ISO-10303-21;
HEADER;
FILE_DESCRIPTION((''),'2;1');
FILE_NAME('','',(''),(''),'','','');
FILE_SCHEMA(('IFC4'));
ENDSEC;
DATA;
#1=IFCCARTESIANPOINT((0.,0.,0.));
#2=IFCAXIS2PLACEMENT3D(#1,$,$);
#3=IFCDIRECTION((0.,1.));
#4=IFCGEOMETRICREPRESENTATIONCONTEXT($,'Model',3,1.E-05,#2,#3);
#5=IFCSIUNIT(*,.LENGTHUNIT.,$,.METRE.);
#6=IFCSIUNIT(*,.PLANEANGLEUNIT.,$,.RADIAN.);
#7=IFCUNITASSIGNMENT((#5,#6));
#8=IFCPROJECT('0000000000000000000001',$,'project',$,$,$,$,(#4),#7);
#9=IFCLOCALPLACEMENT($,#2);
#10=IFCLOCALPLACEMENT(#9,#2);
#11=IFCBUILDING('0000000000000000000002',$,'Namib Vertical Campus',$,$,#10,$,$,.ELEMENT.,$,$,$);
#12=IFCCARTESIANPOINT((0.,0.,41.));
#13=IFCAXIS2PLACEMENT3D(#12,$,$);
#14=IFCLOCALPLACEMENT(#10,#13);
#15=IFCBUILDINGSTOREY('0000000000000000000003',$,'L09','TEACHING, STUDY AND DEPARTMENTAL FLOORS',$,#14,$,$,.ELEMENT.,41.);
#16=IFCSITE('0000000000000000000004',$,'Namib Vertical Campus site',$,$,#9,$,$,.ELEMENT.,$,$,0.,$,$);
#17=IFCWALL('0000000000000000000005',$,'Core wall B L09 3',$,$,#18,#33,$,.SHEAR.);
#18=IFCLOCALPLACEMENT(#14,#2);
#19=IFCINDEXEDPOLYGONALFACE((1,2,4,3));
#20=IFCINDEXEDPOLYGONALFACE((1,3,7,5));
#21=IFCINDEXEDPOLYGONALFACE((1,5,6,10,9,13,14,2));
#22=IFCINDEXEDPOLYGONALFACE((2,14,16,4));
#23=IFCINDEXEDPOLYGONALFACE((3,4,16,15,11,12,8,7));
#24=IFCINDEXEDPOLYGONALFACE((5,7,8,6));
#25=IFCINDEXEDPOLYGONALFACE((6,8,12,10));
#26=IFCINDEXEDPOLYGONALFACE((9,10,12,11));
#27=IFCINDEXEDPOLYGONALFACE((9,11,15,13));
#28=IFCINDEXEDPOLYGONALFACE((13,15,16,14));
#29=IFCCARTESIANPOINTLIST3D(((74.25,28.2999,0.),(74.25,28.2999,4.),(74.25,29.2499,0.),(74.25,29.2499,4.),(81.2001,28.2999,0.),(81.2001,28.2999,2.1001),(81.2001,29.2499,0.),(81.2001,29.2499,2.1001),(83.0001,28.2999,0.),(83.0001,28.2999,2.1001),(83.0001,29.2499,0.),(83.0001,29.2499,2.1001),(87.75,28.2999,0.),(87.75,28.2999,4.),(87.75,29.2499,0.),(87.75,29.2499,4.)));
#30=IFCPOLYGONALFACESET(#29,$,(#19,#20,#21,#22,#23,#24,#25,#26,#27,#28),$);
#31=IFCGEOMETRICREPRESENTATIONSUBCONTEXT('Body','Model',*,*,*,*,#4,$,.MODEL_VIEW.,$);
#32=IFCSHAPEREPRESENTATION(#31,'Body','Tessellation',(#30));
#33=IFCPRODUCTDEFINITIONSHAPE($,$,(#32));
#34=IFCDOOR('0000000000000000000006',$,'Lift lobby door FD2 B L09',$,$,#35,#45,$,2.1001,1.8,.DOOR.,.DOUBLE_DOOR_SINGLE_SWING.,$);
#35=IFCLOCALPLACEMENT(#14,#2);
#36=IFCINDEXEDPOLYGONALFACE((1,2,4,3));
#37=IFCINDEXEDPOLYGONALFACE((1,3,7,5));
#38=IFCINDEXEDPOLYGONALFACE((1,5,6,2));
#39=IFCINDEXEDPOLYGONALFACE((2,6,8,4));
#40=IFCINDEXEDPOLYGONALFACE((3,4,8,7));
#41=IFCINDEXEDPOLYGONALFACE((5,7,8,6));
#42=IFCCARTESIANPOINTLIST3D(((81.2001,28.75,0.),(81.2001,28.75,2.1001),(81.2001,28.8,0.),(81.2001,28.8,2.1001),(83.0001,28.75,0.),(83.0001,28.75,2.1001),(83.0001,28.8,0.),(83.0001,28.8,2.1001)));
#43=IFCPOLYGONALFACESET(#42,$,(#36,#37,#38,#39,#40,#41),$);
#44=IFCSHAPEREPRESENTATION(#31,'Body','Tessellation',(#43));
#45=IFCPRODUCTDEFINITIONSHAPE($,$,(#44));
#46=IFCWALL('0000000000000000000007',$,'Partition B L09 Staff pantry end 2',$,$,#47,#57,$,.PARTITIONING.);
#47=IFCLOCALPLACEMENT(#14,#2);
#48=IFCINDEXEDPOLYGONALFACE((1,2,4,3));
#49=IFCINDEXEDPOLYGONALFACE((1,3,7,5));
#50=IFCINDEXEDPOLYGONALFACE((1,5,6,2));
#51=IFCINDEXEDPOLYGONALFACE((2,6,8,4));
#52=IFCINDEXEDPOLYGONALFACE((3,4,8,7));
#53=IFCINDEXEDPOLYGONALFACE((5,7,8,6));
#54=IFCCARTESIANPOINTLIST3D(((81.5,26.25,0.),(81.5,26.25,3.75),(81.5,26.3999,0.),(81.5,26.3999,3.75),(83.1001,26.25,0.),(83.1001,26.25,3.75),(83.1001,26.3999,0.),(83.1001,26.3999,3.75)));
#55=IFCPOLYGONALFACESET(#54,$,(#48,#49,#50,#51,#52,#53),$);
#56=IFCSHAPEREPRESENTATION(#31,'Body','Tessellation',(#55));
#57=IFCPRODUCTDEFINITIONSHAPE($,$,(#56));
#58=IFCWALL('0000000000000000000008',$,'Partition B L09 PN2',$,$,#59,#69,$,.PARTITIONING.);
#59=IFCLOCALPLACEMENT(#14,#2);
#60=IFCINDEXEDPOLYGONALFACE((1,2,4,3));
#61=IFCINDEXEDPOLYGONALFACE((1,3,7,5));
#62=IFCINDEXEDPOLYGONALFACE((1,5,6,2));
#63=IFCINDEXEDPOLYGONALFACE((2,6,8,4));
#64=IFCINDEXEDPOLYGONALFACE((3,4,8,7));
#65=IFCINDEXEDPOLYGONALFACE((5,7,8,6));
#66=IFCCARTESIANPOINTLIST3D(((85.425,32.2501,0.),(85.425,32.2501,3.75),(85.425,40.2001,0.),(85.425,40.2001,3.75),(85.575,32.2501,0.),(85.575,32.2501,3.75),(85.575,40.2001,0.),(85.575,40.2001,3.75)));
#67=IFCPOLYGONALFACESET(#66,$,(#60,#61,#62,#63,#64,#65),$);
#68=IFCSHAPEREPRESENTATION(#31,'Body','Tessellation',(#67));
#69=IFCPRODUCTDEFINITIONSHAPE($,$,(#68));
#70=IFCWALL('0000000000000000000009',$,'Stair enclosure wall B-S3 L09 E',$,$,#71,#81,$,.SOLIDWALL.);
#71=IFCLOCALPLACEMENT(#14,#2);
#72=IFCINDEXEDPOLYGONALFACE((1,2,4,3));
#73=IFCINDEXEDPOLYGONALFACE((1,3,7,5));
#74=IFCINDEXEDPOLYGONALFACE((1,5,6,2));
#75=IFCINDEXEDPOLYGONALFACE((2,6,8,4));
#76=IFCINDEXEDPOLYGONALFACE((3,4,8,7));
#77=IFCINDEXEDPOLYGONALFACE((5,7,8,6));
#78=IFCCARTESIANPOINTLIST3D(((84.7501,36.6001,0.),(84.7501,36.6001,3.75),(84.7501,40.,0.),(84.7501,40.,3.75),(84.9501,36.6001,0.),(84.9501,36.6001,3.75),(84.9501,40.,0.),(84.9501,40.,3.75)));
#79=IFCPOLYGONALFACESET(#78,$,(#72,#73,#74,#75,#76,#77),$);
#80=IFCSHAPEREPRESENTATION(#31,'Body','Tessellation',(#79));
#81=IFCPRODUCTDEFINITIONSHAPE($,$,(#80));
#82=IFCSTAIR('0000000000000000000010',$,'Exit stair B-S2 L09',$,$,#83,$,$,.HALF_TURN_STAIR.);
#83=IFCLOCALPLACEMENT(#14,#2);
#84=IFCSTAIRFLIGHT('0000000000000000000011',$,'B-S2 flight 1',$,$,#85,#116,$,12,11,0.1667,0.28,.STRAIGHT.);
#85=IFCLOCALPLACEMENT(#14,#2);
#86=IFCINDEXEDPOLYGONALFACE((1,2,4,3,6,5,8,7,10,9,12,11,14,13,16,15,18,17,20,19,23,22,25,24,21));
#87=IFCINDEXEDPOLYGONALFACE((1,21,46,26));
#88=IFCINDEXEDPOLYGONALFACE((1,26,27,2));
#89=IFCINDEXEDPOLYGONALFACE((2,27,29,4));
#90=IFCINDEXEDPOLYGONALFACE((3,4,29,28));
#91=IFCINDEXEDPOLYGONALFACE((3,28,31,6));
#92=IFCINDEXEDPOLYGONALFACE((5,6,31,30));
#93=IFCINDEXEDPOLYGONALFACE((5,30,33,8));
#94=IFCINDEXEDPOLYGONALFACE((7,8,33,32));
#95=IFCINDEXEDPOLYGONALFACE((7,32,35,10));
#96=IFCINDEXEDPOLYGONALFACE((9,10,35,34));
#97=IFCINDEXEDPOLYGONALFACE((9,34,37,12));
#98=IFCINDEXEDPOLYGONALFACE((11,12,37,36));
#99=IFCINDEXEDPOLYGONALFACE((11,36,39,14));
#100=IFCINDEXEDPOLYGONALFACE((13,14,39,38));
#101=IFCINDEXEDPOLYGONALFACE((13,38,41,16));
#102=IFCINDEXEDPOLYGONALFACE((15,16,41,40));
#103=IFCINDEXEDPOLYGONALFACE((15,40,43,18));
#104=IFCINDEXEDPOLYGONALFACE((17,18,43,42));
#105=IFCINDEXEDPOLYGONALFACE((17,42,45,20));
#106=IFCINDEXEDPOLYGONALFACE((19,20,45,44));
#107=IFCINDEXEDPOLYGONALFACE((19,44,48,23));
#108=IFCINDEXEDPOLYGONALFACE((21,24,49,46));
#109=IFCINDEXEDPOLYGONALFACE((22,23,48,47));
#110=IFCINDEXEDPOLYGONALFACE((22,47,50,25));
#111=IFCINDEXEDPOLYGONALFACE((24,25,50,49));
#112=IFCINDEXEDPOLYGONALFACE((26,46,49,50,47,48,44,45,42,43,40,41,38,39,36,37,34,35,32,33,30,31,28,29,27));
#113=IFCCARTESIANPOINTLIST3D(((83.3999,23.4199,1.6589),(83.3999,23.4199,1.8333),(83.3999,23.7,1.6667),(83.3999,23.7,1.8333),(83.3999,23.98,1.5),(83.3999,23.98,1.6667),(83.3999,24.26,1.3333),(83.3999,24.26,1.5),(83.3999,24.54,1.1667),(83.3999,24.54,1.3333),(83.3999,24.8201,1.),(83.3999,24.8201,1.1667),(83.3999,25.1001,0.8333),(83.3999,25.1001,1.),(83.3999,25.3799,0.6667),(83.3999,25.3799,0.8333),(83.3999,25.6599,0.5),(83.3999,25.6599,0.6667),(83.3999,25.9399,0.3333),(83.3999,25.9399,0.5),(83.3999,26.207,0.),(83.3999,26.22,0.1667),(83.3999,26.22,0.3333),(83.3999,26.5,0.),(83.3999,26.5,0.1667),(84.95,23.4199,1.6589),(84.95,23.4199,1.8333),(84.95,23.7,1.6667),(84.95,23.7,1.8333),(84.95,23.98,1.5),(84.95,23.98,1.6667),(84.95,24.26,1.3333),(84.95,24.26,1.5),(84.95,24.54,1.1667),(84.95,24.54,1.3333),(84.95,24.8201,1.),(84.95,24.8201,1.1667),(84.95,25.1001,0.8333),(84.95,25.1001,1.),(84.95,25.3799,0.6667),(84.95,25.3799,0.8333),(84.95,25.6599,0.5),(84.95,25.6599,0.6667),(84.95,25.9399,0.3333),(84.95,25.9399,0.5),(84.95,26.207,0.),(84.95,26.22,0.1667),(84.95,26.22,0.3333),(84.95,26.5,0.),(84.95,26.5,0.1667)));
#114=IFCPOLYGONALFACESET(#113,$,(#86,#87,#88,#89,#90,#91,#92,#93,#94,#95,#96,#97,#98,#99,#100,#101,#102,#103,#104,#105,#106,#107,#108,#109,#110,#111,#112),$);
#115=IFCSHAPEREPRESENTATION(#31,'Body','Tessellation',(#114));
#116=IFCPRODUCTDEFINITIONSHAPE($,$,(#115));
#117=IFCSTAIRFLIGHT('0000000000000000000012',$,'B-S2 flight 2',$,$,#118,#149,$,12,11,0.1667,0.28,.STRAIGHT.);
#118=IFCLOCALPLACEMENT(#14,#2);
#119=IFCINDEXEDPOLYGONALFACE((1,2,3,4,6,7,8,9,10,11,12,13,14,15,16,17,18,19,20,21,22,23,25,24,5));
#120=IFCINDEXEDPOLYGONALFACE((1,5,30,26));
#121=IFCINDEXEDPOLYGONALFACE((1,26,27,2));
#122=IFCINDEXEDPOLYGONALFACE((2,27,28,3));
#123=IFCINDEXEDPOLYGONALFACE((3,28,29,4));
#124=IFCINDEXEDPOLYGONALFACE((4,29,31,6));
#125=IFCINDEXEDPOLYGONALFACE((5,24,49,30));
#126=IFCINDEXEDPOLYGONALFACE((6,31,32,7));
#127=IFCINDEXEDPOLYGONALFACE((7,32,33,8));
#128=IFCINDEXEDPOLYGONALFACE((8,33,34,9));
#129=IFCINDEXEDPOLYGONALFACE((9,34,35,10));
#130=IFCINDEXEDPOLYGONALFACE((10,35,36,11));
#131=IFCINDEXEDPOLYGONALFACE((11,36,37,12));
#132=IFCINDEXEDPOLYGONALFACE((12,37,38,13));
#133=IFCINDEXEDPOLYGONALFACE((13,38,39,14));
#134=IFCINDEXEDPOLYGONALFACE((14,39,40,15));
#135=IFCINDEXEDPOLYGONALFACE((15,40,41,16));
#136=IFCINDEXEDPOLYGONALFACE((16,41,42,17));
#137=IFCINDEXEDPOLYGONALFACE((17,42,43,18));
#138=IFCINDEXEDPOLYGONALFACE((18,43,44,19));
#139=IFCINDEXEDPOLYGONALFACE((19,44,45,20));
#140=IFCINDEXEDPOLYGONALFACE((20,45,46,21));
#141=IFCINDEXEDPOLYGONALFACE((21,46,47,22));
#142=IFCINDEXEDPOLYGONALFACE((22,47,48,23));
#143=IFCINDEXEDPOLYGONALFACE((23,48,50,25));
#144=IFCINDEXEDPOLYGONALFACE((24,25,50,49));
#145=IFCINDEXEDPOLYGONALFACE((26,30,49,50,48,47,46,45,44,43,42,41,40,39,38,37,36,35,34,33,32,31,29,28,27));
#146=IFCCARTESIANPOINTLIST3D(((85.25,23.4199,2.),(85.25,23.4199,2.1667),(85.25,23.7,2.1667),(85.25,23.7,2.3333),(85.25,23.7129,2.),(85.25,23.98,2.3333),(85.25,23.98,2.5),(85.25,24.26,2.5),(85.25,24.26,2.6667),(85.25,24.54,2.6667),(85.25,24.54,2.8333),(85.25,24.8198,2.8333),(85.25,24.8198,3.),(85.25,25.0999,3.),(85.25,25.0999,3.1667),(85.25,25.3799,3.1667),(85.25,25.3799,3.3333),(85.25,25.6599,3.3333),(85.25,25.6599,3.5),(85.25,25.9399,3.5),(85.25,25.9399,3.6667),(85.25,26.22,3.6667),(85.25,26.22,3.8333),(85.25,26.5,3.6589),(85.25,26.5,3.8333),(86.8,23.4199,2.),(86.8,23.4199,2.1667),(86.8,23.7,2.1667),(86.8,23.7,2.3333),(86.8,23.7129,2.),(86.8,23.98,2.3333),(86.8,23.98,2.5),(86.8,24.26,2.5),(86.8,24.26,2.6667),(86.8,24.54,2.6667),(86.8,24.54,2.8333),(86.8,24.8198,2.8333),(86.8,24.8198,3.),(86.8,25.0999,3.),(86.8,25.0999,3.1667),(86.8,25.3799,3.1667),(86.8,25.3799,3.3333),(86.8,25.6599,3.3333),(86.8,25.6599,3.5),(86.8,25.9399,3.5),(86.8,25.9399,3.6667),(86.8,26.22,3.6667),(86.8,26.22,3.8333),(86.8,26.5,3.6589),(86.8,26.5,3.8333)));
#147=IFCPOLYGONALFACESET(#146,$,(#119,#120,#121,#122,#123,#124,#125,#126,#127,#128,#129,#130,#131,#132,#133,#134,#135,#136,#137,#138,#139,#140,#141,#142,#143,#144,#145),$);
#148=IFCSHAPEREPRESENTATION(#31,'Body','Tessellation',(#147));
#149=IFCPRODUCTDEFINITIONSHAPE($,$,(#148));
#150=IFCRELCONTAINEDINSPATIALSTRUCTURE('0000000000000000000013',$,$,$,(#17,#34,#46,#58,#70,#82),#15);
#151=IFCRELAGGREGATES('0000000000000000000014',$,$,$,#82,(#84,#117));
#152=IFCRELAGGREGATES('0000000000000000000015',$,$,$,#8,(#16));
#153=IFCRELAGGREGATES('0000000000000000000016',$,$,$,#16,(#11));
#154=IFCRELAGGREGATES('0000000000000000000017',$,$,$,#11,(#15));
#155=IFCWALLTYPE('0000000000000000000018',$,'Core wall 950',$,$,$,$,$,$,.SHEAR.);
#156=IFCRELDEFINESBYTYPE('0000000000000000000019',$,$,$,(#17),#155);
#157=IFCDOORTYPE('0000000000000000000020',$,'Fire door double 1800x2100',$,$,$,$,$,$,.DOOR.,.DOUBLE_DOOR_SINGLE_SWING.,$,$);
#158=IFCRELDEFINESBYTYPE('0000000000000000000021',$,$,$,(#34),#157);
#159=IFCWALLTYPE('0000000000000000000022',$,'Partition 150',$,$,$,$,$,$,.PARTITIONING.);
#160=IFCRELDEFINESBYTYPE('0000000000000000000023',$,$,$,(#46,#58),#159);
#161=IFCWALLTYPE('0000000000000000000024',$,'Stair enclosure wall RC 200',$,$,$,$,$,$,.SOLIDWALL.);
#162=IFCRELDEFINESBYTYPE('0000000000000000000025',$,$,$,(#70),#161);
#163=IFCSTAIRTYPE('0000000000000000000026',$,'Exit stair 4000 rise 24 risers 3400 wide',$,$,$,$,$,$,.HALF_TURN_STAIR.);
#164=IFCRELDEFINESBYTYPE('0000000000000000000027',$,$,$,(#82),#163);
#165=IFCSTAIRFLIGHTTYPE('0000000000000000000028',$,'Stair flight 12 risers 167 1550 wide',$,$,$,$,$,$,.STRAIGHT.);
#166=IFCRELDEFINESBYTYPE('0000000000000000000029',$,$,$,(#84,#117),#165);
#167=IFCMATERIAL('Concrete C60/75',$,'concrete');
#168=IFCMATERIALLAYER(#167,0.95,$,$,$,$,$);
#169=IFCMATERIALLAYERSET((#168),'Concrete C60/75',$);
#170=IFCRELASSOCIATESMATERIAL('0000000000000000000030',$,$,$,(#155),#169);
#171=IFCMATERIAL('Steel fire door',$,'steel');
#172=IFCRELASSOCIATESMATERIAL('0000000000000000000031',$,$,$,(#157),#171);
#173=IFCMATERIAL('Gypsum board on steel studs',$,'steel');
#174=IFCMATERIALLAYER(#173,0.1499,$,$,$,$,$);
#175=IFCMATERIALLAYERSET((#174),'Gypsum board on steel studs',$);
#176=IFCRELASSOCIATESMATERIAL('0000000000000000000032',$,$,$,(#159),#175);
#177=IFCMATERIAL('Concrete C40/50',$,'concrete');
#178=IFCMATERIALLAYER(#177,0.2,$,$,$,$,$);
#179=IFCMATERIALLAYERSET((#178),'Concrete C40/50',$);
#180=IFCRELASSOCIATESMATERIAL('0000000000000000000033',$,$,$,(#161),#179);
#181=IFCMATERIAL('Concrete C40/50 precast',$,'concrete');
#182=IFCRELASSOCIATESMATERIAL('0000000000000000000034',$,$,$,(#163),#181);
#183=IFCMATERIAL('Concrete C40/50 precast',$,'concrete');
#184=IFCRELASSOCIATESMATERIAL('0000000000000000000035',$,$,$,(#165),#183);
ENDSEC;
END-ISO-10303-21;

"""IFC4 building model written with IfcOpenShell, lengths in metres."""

from ifc_helpers import new_model, si_unit, direction, frame, frame_2d, origin, place, context, subcontext, project, spatial, polyline, rectangle, outline, extrude, material, layer, layer_set, type_object, element, fill, aggregate, save


model = new_model("IFC4")

# Units and contexts
model_context = context("Model", 3, precision=1e-05, world=origin(), true_north=direction((0.0, 1.0)))
body_context = subcontext(model_context, "Body", "Model", "MODEL_VIEW")
ifc_project = project(units=[si_unit("LENGTHUNIT", "METRE"), si_unit("PLANEANGLEUNIT", "RADIAN")], contexts=[model_context])

# Site, building, storey
site_placement = place(None, origin())
site = spatial("IfcSite", under=ifc_project, at=site_placement, Name="Namib Vertical Campus site", CompositionType="ELEMENT", RefElevation=0.0)
building_placement = place(site_placement, origin())
building = spatial("IfcBuilding", under=site, at=building_placement, Name="Namib Vertical Campus", CompositionType="ELEMENT")
storey_placement = place(building_placement, frame((0.0, 0.0, 41.0)))
storey = spatial("IfcBuildingStorey", under=building, at=storey_placement, Name="L09", Description="TEACHING, STUDY AND DEPARTMENTAL FLOORS", CompositionType="ELEMENT", Elevation=41.0)

# Wall, opening, door
ifc_material_1 = material(Name="Concrete C60/75", Category="concrete")
ifc_layer_1 = layer(ifc_material_1, 0.95)
ifc_layer_set_1 = layer_set([ifc_layer_1], Name="Concrete C60/75")
wall_type_1 = type_object("IfcWallType", Name="Core wall 950", PredefinedType="SHEAR", material=ifc_layer_set_1)
wall_1_placement = place(storey_placement, frame((87.75, 28.7749, 0.0), z_axis=(0.0, 0.0, 1.0), x_axis=(-1.0, 0.0, 0.0)))
wall_1 = element("IfcWall", 1, at=wall_1_placement, inside=storey, type_object=wall_type_1, Name="Core wall B L09 3", PredefinedType="SHEAR", context=body_context, shape_type="SweptSolid", body=[
    extrude(rectangle(XDim=13.5, YDim=0.95, at=frame_2d((6.75, 0.0))), origin(), (0.0, 0.0, 1.0), 4.0),
])
opening_placement = place(wall_1_placement, frame((4.75, 0.0, 0.0)))
opening = element("IfcOpeningElement", 2, at=opening_placement, cuts=wall_1, PredefinedType="OPENING", context=body_context, shape_type="SweptSolid", body=[
    extrude(rectangle(XDim=1.8, YDim=2.1001, at=frame_2d((0.8999, 1.05))), frame((0.0, 0.4849, 0.0), z_axis=(0.0, -1.0, 0.0), x_axis=(1.0, 0.0, 0.0)), (0.0, 0.0, 1.0), 0.97),
])
ifc_material_2 = material(Name="Steel fire door", Category="steel")
door_type = type_object("IfcDoorType", Name="Fire door double 1800x2100", OperationType="DOUBLE_DOOR_SINGLE_SWING", PredefinedType="DOOR", material=ifc_material_2)
door_placement = place(opening_placement, origin())
door = element("IfcDoor", 3, at=door_placement, inside=storey, type_object=door_type, Name="Lift lobby door FD2 B L09", OperationType="DOUBLE_DOOR_SINGLE_SWING", OverallHeight=2.1001, OverallWidth=1.8, PredefinedType="DOOR", context=body_context, shape_type="SweptSolid", body=[
    extrude(rectangle(XDim=1.8, YDim=2.1001, at=frame_2d((0.8999, 1.05))), frame((0.0, 0.0249, 0.0), z_axis=(0.0, -1.0, 0.0), x_axis=(1.0, 0.0, 0.0)), (0.0, 0.0, 1.0), 0.05),
])
fill(opening, door)

# Walls
ifc_material_3 = material(Name="Gypsum board on steel studs", Category="steel")
ifc_layer_2 = layer(ifc_material_3, 0.1499)
ifc_layer_set_2 = layer_set([ifc_layer_2], Name="Gypsum board on steel studs")
wall_type_2 = type_object("IfcWallType", Name="Partition 150", PredefinedType="PARTITIONING", material=ifc_layer_set_2)
wall_2_placement = place(storey_placement, frame((81.5, 26.325, 0.0), z_axis=(0.0, 0.0, 1.0), x_axis=(1.0, 0.0, 0.0)))
element("IfcWall", 4, at=wall_2_placement, inside=storey, type_object=wall_type_2, Name="Partition B L09 Staff pantry end 2", PredefinedType="PARTITIONING", context=body_context, shape_type="SweptSolid", body=[
    extrude(rectangle(XDim=1.6001, YDim=0.1499, at=frame_2d((0.8, 0.0))), origin(), (0.0, 0.0, 1.0), 3.75),
])
wall_3_placement = place(storey_placement, frame((85.5, 32.25, 0.0), z_axis=(0.0, 0.0, 1.0), x_axis=(0.0, 1.0, 0.0)))
element("IfcWall", 5, at=wall_3_placement, inside=storey, type_object=wall_type_2, Name="Partition B L09 PN2", PredefinedType="PARTITIONING", context=body_context, shape_type="SweptSolid", body=[
    extrude(rectangle(XDim=7.95, YDim=0.1499, at=frame_2d((3.9751, 0.0))), origin(), (0.0, 0.0, 1.0), 3.75),
])
ifc_material_4 = material(Name="Concrete C40/50", Category="concrete")
ifc_layer_3 = layer(ifc_material_4, 0.2)
ifc_layer_set_3 = layer_set([ifc_layer_3], Name="Concrete C40/50")
wall_type_3 = type_object("IfcWallType", Name="Stair enclosure wall RC 200", PredefinedType="SOLIDWALL", material=ifc_layer_set_3)
wall_4_placement = place(storey_placement, frame((84.8501, 36.6001, 0.0), z_axis=(0.0, 0.0, 1.0), x_axis=(0.0, 1.0, 0.0)))
element("IfcWall", 6, at=wall_4_placement, inside=storey, type_object=wall_type_3, Name="Stair enclosure wall B-S3 L09 E", PredefinedType="SOLIDWALL", context=body_context, shape_type="SweptSolid", body=[
    extrude(rectangle(XDim=3.3999, YDim=0.2, at=frame_2d((1.7, 0.0))), origin(), (0.0, 0.0, 1.0), 3.75),
])

# Stair, stair flights
ifc_material_5 = material(Name="Concrete C40/50 precast", Category="concrete")
stair_type = type_object("IfcStairType", Name="Exit stair 4000 rise 24 risers 3400 wide", PredefinedType="HALF_TURN_STAIR", material=ifc_material_5)
stair_1_placement = place(storey_placement, origin())
stair_1 = element("IfcStair", 7, at=stair_1_placement, inside=storey, type_object=stair_type, Name="Exit stair B-S2 L09", PredefinedType="HALF_TURN_STAIR")
ifc_material_6 = material(Name="Concrete C40/50 precast", Category="concrete")
stair_flight_type = type_object("IfcStairFlightType", Name="Stair flight 12 risers 167 1550 wide", PredefinedType="STRAIGHT", material=ifc_material_6)
stair_flight_1_placement = place(storey_placement, frame((84.175, 26.5, 0.0), z_axis=(0.0, 0.0, 1.0), x_axis=(0.0, -1.0, 0.0)))
stair_flight_1 = element("IfcStairFlight", 8, at=stair_flight_1_placement, type_object=stair_flight_type, Name="B-S2 flight 1", NumberOfRisers=12, NumberOfTreads=11, PredefinedType="STRAIGHT", RiserHeight=0.1667, TreadLength=0.28, context=body_context, shape_type="SweptSolid", body=[
    extrude(outline(polyline([(0.0, 0.0), (0.0, 0.1667), (0.28, 0.1667), (0.28, 0.3333), (0.5601, 0.3333), (0.5601, 0.5), (0.8401, 0.5), (0.8401, 0.6667), (1.1201, 0.6667), (1.1201, 0.8333), (1.3999, 0.8333), (1.3999, 1.0), (1.6799, 1.0), (1.6799, 1.1667), (1.96, 1.1667), (1.96, 1.3333), (2.24, 1.3333), (2.24, 1.5), (2.52, 1.5), (2.52, 1.6667), (2.8, 1.6667), (2.8, 1.8333), (3.0801, 1.8333), (3.0801, 2.0), (3.0801, 1.6589), (0.293, 0.0), (0.0, 0.0)])), frame((0.0, 0.7749, 0.0), z_axis=(0.0, -1.0, 0.0), x_axis=(1.0, 0.0, 0.0)), (0.0, 0.0, 1.0), 1.55),
])
stair_flight_2_placement = place(storey_placement, frame((86.0249, 23.4199, 2.0), z_axis=(0.0, 0.0, 1.0), x_axis=(0.0, 1.0, 0.0)))
stair_flight_2 = element("IfcStairFlight", 9, at=stair_flight_2_placement, type_object=stair_flight_type, Name="B-S2 flight 2", NumberOfRisers=12, NumberOfTreads=11, PredefinedType="STRAIGHT", RiserHeight=0.1667, TreadLength=0.28, context=body_context, shape_type="SweptSolid", body=[
    extrude(outline(polyline([(0.0, 0.0), (0.0, 0.1667), (0.28, 0.1667), (0.28, 0.3333), (0.5601, 0.3333), (0.5601, 0.5), (0.8401, 0.5), (0.8401, 0.6667), (1.1201, 0.6667), (1.1201, 0.8333), (1.3999, 0.8333), (1.3999, 1.0), (1.6799, 1.0), (1.6799, 1.1667), (1.96, 1.1667), (1.96, 1.3333), (2.24, 1.3333), (2.24, 1.5), (2.52, 1.5), (2.52, 1.6667), (2.8, 1.6667), (2.8, 1.8333), (3.0801, 1.8333), (3.0801, 2.0), (3.0801, 1.6589), (0.293, 0.0), (0.0, 0.0)])), frame((0.0, 0.7749, 0.0), z_axis=(0.0, -1.0, 0.0), x_axis=(1.0, 0.0, 0.0)), (0.0, 0.0, 1.0), 1.55),
])
aggregate(stair_1, [stair_flight_1, stair_flight_2])

save(model, "model.ifc")
